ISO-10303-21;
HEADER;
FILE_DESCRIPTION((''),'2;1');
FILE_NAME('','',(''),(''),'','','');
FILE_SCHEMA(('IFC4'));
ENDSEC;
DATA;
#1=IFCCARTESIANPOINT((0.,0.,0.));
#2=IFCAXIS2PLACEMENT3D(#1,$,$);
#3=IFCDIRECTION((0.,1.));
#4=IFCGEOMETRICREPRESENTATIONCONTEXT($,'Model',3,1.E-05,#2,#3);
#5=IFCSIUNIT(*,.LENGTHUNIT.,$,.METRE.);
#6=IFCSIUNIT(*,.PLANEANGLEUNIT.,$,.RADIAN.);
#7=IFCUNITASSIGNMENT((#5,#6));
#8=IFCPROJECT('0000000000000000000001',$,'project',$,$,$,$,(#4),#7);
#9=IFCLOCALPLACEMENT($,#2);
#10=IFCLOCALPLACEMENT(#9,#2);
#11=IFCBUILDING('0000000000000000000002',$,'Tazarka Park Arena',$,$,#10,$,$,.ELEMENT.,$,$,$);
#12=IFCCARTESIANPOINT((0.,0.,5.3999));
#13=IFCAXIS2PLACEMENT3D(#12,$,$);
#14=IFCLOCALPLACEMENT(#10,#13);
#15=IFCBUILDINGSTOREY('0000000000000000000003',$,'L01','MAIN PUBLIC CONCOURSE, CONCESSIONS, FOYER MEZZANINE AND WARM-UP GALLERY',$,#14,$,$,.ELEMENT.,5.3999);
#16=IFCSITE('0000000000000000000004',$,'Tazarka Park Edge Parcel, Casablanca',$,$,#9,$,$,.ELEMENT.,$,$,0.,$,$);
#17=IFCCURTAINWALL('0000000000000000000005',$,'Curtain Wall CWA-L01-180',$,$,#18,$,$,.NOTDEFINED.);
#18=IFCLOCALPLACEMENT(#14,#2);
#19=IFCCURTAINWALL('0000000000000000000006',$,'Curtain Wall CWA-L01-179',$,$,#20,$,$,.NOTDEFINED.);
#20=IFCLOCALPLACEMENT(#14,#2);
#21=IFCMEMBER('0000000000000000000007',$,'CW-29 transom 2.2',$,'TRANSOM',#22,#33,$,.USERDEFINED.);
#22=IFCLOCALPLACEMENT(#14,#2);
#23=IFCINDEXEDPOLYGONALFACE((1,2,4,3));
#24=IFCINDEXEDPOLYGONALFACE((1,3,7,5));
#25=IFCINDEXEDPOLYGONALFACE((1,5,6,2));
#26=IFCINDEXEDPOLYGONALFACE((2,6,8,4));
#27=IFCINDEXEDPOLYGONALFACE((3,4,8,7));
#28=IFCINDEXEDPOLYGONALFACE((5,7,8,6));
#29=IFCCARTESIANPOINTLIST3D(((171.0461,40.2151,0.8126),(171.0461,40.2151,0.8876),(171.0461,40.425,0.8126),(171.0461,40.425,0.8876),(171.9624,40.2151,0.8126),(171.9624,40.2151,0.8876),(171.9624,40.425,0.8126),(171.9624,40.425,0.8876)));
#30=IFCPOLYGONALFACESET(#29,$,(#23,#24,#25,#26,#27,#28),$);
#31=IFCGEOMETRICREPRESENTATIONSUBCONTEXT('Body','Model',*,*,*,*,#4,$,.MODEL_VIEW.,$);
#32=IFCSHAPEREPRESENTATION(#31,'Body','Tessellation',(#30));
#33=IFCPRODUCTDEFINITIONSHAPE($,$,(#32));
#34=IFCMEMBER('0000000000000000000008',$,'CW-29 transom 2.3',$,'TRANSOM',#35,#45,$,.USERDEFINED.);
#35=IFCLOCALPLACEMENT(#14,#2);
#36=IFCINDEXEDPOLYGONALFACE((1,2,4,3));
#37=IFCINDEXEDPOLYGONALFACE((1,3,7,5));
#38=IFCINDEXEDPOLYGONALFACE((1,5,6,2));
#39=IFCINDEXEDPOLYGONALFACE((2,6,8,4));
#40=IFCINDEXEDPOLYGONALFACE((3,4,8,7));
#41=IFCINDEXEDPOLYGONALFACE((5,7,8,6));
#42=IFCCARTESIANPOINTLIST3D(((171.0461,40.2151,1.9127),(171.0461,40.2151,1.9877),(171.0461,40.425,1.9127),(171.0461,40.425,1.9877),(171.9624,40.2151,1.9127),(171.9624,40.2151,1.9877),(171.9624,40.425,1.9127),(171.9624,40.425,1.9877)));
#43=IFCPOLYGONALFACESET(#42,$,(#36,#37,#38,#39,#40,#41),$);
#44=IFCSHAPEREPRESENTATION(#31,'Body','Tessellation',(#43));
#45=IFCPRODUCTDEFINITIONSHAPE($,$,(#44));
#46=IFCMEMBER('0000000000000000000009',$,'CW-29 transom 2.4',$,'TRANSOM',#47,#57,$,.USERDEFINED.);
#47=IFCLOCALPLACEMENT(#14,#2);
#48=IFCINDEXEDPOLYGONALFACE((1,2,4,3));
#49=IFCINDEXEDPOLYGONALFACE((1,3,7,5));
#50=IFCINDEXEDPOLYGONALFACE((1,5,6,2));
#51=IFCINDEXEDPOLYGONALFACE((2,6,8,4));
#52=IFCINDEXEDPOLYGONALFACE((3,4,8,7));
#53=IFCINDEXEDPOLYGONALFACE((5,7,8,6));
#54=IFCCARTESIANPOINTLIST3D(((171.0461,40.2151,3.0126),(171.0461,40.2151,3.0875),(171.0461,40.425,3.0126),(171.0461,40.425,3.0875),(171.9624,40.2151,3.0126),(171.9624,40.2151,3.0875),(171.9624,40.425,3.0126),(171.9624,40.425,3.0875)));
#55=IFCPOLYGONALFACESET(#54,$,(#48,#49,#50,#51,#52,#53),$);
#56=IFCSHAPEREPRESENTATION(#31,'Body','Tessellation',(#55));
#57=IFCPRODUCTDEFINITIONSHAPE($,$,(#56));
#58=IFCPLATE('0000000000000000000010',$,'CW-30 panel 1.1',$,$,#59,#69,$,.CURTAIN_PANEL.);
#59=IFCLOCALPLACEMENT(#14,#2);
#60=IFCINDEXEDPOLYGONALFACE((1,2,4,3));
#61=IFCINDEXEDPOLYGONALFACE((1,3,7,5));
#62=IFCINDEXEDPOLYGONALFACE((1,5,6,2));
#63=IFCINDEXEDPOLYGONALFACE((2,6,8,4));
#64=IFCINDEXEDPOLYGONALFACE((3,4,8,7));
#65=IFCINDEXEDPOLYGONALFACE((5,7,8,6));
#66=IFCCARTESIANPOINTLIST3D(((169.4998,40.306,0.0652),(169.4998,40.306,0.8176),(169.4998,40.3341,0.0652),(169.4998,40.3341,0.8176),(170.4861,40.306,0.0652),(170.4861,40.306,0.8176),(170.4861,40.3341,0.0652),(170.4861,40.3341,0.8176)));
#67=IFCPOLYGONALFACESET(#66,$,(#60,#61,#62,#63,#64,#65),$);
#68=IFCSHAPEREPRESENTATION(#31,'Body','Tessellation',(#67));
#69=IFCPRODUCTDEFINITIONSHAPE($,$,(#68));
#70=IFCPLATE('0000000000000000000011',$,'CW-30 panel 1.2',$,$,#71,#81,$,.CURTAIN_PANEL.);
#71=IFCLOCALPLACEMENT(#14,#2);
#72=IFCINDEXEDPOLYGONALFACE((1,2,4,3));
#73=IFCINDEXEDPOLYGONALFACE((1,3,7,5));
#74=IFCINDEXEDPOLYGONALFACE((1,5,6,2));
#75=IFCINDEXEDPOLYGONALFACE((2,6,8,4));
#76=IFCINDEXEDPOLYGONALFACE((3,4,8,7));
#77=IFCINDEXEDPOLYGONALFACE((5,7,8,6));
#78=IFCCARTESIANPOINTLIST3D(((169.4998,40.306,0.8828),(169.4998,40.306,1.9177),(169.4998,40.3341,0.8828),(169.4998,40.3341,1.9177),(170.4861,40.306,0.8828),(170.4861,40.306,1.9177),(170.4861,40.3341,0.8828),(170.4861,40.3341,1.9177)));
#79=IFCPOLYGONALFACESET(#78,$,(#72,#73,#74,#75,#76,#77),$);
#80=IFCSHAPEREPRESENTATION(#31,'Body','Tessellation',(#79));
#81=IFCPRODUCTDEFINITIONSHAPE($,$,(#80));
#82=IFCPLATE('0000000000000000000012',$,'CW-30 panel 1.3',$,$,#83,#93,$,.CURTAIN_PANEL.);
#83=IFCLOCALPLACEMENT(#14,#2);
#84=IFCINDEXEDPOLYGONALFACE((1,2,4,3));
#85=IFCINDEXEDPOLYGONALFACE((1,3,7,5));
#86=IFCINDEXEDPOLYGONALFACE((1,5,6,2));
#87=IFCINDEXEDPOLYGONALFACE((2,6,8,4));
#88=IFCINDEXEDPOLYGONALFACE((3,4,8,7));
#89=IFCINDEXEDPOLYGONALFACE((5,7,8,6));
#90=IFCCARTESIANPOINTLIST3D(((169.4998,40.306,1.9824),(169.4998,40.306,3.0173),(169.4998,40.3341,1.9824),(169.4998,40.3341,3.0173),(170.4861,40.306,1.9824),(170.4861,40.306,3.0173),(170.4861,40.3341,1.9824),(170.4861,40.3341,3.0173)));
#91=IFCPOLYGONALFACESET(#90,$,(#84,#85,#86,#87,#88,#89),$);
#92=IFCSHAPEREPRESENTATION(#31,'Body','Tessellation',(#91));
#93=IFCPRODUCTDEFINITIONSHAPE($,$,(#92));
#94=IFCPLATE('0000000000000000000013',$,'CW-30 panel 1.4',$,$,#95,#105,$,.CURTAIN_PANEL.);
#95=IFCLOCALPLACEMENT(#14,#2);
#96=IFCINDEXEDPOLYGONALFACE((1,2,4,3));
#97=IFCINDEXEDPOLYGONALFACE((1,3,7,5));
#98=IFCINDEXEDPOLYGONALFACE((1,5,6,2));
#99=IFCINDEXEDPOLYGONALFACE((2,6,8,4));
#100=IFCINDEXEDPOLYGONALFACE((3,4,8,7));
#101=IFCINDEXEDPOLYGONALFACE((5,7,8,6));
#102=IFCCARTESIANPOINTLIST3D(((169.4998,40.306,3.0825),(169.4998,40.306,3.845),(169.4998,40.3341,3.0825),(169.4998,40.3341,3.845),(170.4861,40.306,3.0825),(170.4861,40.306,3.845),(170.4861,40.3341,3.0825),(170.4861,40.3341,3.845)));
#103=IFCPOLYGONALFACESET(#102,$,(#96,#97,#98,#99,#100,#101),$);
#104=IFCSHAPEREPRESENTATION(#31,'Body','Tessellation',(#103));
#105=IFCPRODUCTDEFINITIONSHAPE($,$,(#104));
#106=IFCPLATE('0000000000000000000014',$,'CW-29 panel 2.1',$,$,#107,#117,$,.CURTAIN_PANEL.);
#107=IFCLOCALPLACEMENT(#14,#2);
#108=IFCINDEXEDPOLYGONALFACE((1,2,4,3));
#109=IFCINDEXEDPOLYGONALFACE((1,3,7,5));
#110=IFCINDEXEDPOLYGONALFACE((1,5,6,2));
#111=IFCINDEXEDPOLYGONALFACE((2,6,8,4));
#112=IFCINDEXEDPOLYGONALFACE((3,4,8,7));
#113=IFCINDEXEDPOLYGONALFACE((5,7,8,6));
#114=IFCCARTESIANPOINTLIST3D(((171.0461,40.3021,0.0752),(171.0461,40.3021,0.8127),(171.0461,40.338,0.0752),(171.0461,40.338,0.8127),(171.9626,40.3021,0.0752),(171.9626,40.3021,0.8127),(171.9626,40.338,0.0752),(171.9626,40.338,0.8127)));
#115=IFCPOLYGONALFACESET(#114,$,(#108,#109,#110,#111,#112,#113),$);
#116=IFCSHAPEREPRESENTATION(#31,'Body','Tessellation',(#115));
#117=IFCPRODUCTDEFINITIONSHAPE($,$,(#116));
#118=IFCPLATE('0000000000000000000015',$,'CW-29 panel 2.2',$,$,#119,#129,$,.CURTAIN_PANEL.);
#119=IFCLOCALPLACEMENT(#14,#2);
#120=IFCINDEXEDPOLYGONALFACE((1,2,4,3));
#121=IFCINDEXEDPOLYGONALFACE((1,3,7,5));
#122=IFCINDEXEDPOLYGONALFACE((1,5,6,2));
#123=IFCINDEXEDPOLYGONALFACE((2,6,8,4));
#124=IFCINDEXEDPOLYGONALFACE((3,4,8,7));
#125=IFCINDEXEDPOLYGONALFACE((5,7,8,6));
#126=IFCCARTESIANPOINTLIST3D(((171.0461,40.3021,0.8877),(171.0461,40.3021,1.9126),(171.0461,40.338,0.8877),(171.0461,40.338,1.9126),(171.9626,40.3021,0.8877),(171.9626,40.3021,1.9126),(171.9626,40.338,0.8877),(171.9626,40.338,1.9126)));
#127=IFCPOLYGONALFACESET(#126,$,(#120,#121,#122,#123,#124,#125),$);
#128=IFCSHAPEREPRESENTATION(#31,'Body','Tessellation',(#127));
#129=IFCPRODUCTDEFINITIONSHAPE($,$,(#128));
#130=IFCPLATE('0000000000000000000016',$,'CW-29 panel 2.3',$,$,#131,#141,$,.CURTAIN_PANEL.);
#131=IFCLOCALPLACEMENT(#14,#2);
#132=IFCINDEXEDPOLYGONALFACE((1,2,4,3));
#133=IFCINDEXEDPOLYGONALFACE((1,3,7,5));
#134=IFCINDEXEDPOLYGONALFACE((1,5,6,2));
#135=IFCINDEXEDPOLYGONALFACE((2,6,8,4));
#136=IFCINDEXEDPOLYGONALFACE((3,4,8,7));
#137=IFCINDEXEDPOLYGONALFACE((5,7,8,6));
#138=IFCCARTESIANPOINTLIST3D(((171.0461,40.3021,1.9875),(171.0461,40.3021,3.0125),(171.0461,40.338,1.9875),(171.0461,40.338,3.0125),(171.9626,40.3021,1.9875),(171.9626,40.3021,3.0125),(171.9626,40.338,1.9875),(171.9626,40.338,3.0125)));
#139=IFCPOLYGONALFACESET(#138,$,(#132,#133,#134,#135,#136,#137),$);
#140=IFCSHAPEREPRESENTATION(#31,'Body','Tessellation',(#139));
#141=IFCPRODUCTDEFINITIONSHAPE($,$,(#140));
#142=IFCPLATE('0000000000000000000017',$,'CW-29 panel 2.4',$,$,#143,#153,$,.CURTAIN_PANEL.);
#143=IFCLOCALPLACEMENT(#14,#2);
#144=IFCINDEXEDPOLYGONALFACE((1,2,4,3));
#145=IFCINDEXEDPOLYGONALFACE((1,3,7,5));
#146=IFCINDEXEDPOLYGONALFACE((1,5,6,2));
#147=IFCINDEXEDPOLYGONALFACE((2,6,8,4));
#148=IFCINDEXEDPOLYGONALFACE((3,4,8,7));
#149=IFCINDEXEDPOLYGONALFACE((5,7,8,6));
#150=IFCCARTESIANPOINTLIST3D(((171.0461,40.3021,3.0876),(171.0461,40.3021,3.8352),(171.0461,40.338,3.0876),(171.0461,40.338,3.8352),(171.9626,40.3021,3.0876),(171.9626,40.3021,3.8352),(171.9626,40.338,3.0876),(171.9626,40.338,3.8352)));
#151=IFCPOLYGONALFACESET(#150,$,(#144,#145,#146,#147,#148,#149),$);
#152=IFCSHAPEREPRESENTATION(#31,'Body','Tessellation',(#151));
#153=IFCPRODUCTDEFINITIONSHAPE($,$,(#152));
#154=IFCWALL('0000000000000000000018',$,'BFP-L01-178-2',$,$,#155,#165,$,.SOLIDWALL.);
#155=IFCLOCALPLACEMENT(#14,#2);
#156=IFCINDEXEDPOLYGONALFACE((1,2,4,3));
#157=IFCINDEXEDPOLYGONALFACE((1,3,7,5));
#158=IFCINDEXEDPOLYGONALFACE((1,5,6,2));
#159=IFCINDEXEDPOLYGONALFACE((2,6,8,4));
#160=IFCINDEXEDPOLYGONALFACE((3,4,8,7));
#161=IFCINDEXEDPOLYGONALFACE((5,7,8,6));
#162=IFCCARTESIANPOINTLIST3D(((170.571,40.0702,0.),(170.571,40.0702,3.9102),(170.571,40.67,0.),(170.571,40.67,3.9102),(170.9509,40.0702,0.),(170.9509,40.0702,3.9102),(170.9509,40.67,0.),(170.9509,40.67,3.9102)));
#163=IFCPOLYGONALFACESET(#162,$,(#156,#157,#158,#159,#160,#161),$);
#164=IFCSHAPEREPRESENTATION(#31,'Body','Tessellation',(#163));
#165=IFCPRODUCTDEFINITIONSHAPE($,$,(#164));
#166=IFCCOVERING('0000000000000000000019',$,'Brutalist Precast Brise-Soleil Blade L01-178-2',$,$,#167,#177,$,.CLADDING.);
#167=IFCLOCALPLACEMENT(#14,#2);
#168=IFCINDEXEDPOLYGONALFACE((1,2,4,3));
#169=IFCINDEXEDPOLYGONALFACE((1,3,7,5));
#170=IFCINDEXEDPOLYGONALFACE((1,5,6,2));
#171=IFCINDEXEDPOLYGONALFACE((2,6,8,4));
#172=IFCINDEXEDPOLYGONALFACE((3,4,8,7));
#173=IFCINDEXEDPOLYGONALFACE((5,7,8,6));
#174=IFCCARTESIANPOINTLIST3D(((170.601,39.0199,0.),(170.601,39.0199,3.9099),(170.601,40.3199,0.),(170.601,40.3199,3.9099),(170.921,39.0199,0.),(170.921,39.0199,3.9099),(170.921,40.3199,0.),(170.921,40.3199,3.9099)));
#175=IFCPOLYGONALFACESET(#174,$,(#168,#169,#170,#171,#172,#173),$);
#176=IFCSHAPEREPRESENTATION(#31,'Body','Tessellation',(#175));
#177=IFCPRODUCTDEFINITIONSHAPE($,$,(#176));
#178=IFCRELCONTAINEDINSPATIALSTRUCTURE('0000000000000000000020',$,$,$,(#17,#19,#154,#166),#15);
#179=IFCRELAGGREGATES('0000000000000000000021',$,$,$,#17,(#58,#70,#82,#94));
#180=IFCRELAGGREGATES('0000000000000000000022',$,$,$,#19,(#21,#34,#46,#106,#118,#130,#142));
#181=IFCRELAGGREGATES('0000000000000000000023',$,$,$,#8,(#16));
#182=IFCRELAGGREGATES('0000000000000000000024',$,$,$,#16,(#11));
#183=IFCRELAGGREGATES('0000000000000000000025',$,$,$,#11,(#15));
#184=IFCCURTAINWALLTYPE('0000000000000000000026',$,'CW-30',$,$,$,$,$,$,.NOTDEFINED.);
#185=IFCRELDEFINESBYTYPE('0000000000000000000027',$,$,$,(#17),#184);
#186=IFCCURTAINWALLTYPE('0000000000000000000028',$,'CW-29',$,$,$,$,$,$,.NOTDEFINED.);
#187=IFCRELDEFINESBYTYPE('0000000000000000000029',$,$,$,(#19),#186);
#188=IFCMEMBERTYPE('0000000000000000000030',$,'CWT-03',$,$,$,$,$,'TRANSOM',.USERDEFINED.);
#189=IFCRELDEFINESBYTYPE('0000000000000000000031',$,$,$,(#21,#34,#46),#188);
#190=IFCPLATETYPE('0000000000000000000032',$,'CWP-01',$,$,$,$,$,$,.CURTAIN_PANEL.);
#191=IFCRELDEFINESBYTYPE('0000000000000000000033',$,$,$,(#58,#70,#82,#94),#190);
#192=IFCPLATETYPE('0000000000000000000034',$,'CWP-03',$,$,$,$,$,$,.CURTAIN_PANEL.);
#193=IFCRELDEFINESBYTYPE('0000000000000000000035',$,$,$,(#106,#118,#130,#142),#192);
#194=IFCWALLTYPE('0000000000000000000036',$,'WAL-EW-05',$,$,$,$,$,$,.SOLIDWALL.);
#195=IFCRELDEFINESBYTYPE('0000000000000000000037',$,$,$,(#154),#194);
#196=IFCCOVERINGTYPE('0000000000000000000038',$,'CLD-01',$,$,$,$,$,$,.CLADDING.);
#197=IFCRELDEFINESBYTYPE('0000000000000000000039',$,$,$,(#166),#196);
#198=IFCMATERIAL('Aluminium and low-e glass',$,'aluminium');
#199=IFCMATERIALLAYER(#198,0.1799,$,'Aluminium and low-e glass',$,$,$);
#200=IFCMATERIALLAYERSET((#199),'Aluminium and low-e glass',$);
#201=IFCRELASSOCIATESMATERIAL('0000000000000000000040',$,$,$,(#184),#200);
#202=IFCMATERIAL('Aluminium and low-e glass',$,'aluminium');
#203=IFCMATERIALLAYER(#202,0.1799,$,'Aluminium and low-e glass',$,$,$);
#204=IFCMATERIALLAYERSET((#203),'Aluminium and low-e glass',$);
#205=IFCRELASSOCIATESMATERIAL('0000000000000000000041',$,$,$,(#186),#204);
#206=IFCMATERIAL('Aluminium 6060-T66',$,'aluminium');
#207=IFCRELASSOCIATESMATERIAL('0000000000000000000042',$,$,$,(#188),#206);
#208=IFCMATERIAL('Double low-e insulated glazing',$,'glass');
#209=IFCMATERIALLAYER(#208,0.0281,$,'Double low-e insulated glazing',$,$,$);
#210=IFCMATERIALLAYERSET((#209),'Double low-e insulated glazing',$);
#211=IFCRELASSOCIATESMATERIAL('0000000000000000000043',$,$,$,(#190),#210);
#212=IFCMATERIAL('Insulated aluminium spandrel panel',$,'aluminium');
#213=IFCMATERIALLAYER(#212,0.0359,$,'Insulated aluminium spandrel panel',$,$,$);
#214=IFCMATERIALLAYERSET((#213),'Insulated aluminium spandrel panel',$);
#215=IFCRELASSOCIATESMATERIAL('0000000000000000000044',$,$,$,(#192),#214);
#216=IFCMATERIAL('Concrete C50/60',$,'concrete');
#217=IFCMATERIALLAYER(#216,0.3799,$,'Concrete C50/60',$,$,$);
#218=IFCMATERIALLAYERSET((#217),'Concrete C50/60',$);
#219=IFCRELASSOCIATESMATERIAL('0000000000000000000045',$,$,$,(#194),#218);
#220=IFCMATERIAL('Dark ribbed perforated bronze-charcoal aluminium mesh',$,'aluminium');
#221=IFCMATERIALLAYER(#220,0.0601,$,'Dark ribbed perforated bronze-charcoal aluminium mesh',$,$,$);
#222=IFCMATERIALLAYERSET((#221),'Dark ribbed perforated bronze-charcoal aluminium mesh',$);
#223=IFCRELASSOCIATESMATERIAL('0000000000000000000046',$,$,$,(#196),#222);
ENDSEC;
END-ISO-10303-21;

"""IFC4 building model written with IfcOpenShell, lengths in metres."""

from ifc_helpers import new_model, si_unit, direction, frame, frame_2d, origin, origin_2d, place, context, subcontext, project, spatial, rectangle, extrude, material, layer, layer_set, material_profile, profile_set, type_object, element, aggregate, save


model = new_model("IFC4")

# Units and contexts
model_context = context("Model", 3, precision=1e-05, world=origin(), true_north=direction((0.0, 1.0)))
body_context = subcontext(model_context, "Body", "Model", "MODEL_VIEW")
ifc_project = project(units=[si_unit("LENGTHUNIT", "METRE"), si_unit("PLANEANGLEUNIT", "RADIAN")], contexts=[model_context])

# Site, building, storey
site_placement = place(None, origin())
site = spatial("IfcSite", under=ifc_project, at=site_placement, Name="Tazarka Park Edge Parcel, Casablanca", CompositionType="ELEMENT", RefElevation=0.0)
building_placement = place(site_placement, origin())
building = spatial("IfcBuilding", under=site, at=building_placement, Name="Tazarka Park Arena", CompositionType="ELEMENT")
storey_placement = place(building_placement, frame((0.0, 0.0, 5.3999)))
storey = spatial("IfcBuildingStorey", under=building, at=storey_placement, Name="L01", Description="MAIN PUBLIC CONCOURSE, CONCESSIONS, FOYER MEZZANINE AND WARM-UP GALLERY", CompositionType="ELEMENT", Elevation=5.3999)

# Curtain wall
ifc_material_1 = material(Name="Aluminium and low-e glass", Category="aluminium")
ifc_layer_1 = layer(ifc_material_1, 0.1799, Name="Aluminium and low-e glass")
ifc_layer_set_1 = layer_set([ifc_layer_1], Name="Aluminium and low-e glass")
curtain_wall_type_1 = type_object("IfcCurtainWallType", Name="CW-30", PredefinedType="NOTDEFINED", material=ifc_layer_set_1)
curtain_wall_1_placement = place(storey_placement, origin())
curtain_wall_1 = element("IfcCurtainWall", 1, at=curtain_wall_1_placement, inside=storey, type_object=curtain_wall_type_1, Name="Curtain Wall CWA-L01-180", PredefinedType="NOTDEFINED")

# Curtain wall
ifc_material_2 = material(Name="Aluminium and low-e glass", Category="aluminium")
ifc_layer_2 = layer(ifc_material_2, 0.1799, Name="Aluminium and low-e glass")
ifc_layer_set_2 = layer_set([ifc_layer_2], Name="Aluminium and low-e glass")
curtain_wall_type_2 = type_object("IfcCurtainWallType", Name="CW-29", PredefinedType="NOTDEFINED", material=ifc_layer_set_2)
curtain_wall_2_placement = place(storey_placement, origin())
curtain_wall_2 = element("IfcCurtainWall", 2, at=curtain_wall_2_placement, inside=storey, type_object=curtain_wall_type_2, Name="Curtain Wall CWA-L01-179", PredefinedType="NOTDEFINED")

# Members
ifc_material_3 = material(Name="Aluminium 6060-T66", Category="aluminium")
ifc_material_profile_1 = material_profile(ifc_material_3, rectangle(XDim=0.21, YDim=0.075, at=origin_2d()), Name="Aluminium 6060-T66")
ifc_profile_set_1 = profile_set([ifc_material_profile_1], Name="Aluminium 6060-T66")
member_type_1 = type_object("IfcMemberType", Name="CWT-03", ElementType="TRANSOM", PredefinedType="USERDEFINED", material=ifc_profile_set_1)
member_1_placement = place(storey_placement, frame((171.9624, 40.3201, 0.8501), z_axis=(-1.0, 0.0, 0.0), x_axis=(0.0, -1.0, 0.0)))
member_1 = element("IfcMember", 3, at=member_1_placement, type_object=member_type_1, Name="CW-29 transom 2.2", ObjectType="TRANSOM", PredefinedType="USERDEFINED", context=body_context, shape_type="SweptSolid", body=[
    extrude(rectangle(XDim=0.21, YDim=0.075, at=origin_2d()), origin(), (0.0, 0.0, 1.0), 0.9163),
])
member_2_placement = place(storey_placement, frame((171.9624, 40.3201, 1.9502), z_axis=(-1.0, 0.0, 0.0), x_axis=(0.0, -1.0, 0.0)))
member_2 = element("IfcMember", 4, at=member_2_placement, type_object=member_type_1, Name="CW-29 transom 2.3", ObjectType="TRANSOM", PredefinedType="USERDEFINED", context=body_context, shape_type="SweptSolid", body=[
    extrude(rectangle(XDim=0.21, YDim=0.075, at=origin_2d()), origin(), (0.0, 0.0, 1.0), 0.9163),
])
member_3_placement = place(storey_placement, frame((171.9624, 40.3201, 3.05), z_axis=(-1.0, 0.0, 0.0), x_axis=(0.0, -1.0, 0.0)))
member_3 = element("IfcMember", 5, at=member_3_placement, type_object=member_type_1, Name="CW-29 transom 2.4", ObjectType="TRANSOM", PredefinedType="USERDEFINED", context=body_context, shape_type="SweptSolid", body=[
    extrude(rectangle(XDim=0.21, YDim=0.075, at=origin_2d()), origin(), (0.0, 0.0, 1.0), 0.9163),
])

# Plates
ifc_material_4 = material(Name="Double low-e insulated glazing", Category="glass")
ifc_layer_3 = layer(ifc_material_4, 0.0281, Name="Double low-e insulated glazing")
ifc_layer_set_3 = layer_set([ifc_layer_3], Name="Double low-e insulated glazing")
plate_type_1 = type_object("IfcPlateType", Name="CWP-01", PredefinedType="CURTAIN_PANEL", material=ifc_layer_set_3)
plate_1_placement = place(storey_placement, frame((169.9929, 40.3201, 0.0652), z_axis=(0.0, 0.0, 1.0), x_axis=(-1.0, 0.0, 0.0)))
plate_1 = element("IfcPlate", 6, at=plate_1_placement, type_object=plate_type_1, Name="CW-30 panel 1.1", PredefinedType="CURTAIN_PANEL", context=body_context, shape_type="SweptSolid", body=[
    extrude(rectangle(XDim=0.9863, YDim=0.0281, at=origin_2d()), origin(), (0.0, 0.0, 1.0), 0.7524),
])
plate_2_placement = place(storey_placement, frame((169.9929, 40.3201, 0.8828), z_axis=(0.0, 0.0, 1.0), x_axis=(-1.0, 0.0, 0.0)))
plate_2 = element("IfcPlate", 7, at=plate_2_placement, type_object=plate_type_1, Name="CW-30 panel 1.2", PredefinedType="CURTAIN_PANEL", context=body_context, shape_type="SweptSolid", body=[
    extrude(rectangle(XDim=0.9863, YDim=0.0281, at=origin_2d()), origin(), (0.0, 0.0, 1.0), 1.0349),
])
plate_3_placement = place(storey_placement, frame((169.9929, 40.3201, 1.9824), z_axis=(0.0, 0.0, 1.0), x_axis=(-1.0, 0.0, 0.0)))
plate_3 = element("IfcPlate", 8, at=plate_3_placement, type_object=plate_type_1, Name="CW-30 panel 1.3", PredefinedType="CURTAIN_PANEL", context=body_context, shape_type="SweptSolid", body=[
    extrude(rectangle(XDim=0.9863, YDim=0.0281, at=origin_2d()), origin(), (0.0, 0.0, 1.0), 1.0349),
])
plate_4_placement = place(storey_placement, frame((169.9929, 40.3201, 3.0825), z_axis=(0.0, 0.0, 1.0), x_axis=(-1.0, 0.0, 0.0)))
plate_4 = element("IfcPlate", 9, at=plate_4_placement, type_object=plate_type_1, Name="CW-30 panel 1.4", PredefinedType="CURTAIN_PANEL", context=body_context, shape_type="SweptSolid", body=[
    extrude(rectangle(XDim=0.9863, YDim=0.0281, at=origin_2d()), origin(), (0.0, 0.0, 1.0), 0.7625),
])
aggregate(curtain_wall_1, [plate_1, plate_2, plate_3, plate_4])
ifc_material_5 = material(Name="Insulated aluminium spandrel panel", Category="aluminium")
ifc_layer_4 = layer(ifc_material_5, 0.0359, Name="Insulated aluminium spandrel panel")
ifc_layer_set_4 = layer_set([ifc_layer_4], Name="Insulated aluminium spandrel panel")
plate_type_2 = type_object("IfcPlateType", Name="CWP-03", PredefinedType="CURTAIN_PANEL", material=ifc_layer_set_4)
plate_5_placement = place(storey_placement, frame((171.5044, 40.3201, 0.0752), z_axis=(0.0, 0.0, 1.0), x_axis=(-1.0, 0.0, 0.0)))
plate_5 = element("IfcPlate", 10, at=plate_5_placement, type_object=plate_type_2, Name="CW-29 panel 2.1", PredefinedType="CURTAIN_PANEL", context=body_context, shape_type="SweptSolid", body=[
    extrude(rectangle(XDim=0.9165, YDim=0.0359, at=origin_2d()), origin(), (0.0, 0.0, 1.0), 0.7375),
])
plate_6_placement = place(storey_placement, frame((171.5044, 40.3201, 0.8877), z_axis=(0.0, 0.0, 1.0), x_axis=(-1.0, 0.0, 0.0)))
plate_6 = element("IfcPlate", 11, at=plate_6_placement, type_object=plate_type_2, Name="CW-29 panel 2.2", PredefinedType="CURTAIN_PANEL", context=body_context, shape_type="SweptSolid", body=[
    extrude(rectangle(XDim=0.9165, YDim=0.0359, at=origin_2d()), origin(), (0.0, 0.0, 1.0), 1.0249),
])
plate_7_placement = place(storey_placement, frame((171.5044, 40.3201, 1.9875), z_axis=(0.0, 0.0, 1.0), x_axis=(-1.0, 0.0, 0.0)))
plate_7 = element("IfcPlate", 12, at=plate_7_placement, type_object=plate_type_2, Name="CW-29 panel 2.3", PredefinedType="CURTAIN_PANEL", context=body_context, shape_type="SweptSolid", body=[
    extrude(rectangle(XDim=0.9165, YDim=0.0359, at=origin_2d()), origin(), (0.0, 0.0, 1.0), 1.0249),
])
plate_8_placement = place(storey_placement, frame((171.5044, 40.3201, 3.0876), z_axis=(0.0, 0.0, 1.0), x_axis=(-1.0, 0.0, 0.0)))
plate_8 = element("IfcPlate", 13, at=plate_8_placement, type_object=plate_type_2, Name="CW-29 panel 2.4", PredefinedType="CURTAIN_PANEL", context=body_context, shape_type="SweptSolid", body=[
    extrude(rectangle(XDim=0.9165, YDim=0.0359, at=origin_2d()), origin(), (0.0, 0.0, 1.0), 0.7476),
])
aggregate(curtain_wall_2, [member_1, member_2, member_3, plate_5, plate_6, plate_7, plate_8])

# Wall
ifc_material_6 = material(Name="Concrete C50/60", Category="concrete")
ifc_layer_5 = layer(ifc_material_6, 0.3799, Name="Concrete C50/60")
ifc_layer_set_5 = layer_set([ifc_layer_5], Name="Concrete C50/60")
wall_type = type_object("IfcWallType", Name="WAL-EW-05", PredefinedType="SOLIDWALL", material=ifc_layer_set_5)
wall_placement = place(storey_placement, frame((170.761, 40.6699, 0.0), z_axis=(0.0, 0.0, 1.0), x_axis=(0.0, -1.0, 0.0)))
element("IfcWall", 14, at=wall_placement, inside=storey, type_object=wall_type, Name="BFP-L01-178-2", PredefinedType="SOLIDWALL", context=body_context, shape_type="SweptSolid", body=[
    extrude(rectangle(XDim=0.5999, YDim=0.3799, at=frame_2d((0.2998, 0.0))), origin(), (0.0, 0.0, 1.0), 3.9102),
])

# Covering
ifc_material_7 = material(Name="Dark ribbed perforated bronze-charcoal aluminium mesh", Category="aluminium")
ifc_layer_6 = layer(ifc_material_7, 0.0601, Name="Dark ribbed perforated bronze-charcoal aluminium mesh")
ifc_layer_set_6 = layer_set([ifc_layer_6], Name="Dark ribbed perforated bronze-charcoal aluminium mesh")
covering_type = type_object("IfcCoveringType", Name="CLD-01", PredefinedType="CLADDING", material=ifc_layer_set_6)
covering_placement = place(storey_placement, frame((170.761, 39.6699, 0.0), z_axis=(0.0, 0.0, 1.0), x_axis=(-1.0, 0.0, 0.0)))
element("IfcCovering", 15, at=covering_placement, inside=storey, type_object=covering_type, Name="Brutalist Precast Brise-Soleil Blade L01-178-2", PredefinedType="CLADDING", context=body_context, shape_type="SweptSolid", body=[
    extrude(rectangle(XDim=0.3201, YDim=1.3, at=origin_2d()), origin(), (0.0, 0.0, 1.0), 3.9099),
])

save(model, "model.ifc")
